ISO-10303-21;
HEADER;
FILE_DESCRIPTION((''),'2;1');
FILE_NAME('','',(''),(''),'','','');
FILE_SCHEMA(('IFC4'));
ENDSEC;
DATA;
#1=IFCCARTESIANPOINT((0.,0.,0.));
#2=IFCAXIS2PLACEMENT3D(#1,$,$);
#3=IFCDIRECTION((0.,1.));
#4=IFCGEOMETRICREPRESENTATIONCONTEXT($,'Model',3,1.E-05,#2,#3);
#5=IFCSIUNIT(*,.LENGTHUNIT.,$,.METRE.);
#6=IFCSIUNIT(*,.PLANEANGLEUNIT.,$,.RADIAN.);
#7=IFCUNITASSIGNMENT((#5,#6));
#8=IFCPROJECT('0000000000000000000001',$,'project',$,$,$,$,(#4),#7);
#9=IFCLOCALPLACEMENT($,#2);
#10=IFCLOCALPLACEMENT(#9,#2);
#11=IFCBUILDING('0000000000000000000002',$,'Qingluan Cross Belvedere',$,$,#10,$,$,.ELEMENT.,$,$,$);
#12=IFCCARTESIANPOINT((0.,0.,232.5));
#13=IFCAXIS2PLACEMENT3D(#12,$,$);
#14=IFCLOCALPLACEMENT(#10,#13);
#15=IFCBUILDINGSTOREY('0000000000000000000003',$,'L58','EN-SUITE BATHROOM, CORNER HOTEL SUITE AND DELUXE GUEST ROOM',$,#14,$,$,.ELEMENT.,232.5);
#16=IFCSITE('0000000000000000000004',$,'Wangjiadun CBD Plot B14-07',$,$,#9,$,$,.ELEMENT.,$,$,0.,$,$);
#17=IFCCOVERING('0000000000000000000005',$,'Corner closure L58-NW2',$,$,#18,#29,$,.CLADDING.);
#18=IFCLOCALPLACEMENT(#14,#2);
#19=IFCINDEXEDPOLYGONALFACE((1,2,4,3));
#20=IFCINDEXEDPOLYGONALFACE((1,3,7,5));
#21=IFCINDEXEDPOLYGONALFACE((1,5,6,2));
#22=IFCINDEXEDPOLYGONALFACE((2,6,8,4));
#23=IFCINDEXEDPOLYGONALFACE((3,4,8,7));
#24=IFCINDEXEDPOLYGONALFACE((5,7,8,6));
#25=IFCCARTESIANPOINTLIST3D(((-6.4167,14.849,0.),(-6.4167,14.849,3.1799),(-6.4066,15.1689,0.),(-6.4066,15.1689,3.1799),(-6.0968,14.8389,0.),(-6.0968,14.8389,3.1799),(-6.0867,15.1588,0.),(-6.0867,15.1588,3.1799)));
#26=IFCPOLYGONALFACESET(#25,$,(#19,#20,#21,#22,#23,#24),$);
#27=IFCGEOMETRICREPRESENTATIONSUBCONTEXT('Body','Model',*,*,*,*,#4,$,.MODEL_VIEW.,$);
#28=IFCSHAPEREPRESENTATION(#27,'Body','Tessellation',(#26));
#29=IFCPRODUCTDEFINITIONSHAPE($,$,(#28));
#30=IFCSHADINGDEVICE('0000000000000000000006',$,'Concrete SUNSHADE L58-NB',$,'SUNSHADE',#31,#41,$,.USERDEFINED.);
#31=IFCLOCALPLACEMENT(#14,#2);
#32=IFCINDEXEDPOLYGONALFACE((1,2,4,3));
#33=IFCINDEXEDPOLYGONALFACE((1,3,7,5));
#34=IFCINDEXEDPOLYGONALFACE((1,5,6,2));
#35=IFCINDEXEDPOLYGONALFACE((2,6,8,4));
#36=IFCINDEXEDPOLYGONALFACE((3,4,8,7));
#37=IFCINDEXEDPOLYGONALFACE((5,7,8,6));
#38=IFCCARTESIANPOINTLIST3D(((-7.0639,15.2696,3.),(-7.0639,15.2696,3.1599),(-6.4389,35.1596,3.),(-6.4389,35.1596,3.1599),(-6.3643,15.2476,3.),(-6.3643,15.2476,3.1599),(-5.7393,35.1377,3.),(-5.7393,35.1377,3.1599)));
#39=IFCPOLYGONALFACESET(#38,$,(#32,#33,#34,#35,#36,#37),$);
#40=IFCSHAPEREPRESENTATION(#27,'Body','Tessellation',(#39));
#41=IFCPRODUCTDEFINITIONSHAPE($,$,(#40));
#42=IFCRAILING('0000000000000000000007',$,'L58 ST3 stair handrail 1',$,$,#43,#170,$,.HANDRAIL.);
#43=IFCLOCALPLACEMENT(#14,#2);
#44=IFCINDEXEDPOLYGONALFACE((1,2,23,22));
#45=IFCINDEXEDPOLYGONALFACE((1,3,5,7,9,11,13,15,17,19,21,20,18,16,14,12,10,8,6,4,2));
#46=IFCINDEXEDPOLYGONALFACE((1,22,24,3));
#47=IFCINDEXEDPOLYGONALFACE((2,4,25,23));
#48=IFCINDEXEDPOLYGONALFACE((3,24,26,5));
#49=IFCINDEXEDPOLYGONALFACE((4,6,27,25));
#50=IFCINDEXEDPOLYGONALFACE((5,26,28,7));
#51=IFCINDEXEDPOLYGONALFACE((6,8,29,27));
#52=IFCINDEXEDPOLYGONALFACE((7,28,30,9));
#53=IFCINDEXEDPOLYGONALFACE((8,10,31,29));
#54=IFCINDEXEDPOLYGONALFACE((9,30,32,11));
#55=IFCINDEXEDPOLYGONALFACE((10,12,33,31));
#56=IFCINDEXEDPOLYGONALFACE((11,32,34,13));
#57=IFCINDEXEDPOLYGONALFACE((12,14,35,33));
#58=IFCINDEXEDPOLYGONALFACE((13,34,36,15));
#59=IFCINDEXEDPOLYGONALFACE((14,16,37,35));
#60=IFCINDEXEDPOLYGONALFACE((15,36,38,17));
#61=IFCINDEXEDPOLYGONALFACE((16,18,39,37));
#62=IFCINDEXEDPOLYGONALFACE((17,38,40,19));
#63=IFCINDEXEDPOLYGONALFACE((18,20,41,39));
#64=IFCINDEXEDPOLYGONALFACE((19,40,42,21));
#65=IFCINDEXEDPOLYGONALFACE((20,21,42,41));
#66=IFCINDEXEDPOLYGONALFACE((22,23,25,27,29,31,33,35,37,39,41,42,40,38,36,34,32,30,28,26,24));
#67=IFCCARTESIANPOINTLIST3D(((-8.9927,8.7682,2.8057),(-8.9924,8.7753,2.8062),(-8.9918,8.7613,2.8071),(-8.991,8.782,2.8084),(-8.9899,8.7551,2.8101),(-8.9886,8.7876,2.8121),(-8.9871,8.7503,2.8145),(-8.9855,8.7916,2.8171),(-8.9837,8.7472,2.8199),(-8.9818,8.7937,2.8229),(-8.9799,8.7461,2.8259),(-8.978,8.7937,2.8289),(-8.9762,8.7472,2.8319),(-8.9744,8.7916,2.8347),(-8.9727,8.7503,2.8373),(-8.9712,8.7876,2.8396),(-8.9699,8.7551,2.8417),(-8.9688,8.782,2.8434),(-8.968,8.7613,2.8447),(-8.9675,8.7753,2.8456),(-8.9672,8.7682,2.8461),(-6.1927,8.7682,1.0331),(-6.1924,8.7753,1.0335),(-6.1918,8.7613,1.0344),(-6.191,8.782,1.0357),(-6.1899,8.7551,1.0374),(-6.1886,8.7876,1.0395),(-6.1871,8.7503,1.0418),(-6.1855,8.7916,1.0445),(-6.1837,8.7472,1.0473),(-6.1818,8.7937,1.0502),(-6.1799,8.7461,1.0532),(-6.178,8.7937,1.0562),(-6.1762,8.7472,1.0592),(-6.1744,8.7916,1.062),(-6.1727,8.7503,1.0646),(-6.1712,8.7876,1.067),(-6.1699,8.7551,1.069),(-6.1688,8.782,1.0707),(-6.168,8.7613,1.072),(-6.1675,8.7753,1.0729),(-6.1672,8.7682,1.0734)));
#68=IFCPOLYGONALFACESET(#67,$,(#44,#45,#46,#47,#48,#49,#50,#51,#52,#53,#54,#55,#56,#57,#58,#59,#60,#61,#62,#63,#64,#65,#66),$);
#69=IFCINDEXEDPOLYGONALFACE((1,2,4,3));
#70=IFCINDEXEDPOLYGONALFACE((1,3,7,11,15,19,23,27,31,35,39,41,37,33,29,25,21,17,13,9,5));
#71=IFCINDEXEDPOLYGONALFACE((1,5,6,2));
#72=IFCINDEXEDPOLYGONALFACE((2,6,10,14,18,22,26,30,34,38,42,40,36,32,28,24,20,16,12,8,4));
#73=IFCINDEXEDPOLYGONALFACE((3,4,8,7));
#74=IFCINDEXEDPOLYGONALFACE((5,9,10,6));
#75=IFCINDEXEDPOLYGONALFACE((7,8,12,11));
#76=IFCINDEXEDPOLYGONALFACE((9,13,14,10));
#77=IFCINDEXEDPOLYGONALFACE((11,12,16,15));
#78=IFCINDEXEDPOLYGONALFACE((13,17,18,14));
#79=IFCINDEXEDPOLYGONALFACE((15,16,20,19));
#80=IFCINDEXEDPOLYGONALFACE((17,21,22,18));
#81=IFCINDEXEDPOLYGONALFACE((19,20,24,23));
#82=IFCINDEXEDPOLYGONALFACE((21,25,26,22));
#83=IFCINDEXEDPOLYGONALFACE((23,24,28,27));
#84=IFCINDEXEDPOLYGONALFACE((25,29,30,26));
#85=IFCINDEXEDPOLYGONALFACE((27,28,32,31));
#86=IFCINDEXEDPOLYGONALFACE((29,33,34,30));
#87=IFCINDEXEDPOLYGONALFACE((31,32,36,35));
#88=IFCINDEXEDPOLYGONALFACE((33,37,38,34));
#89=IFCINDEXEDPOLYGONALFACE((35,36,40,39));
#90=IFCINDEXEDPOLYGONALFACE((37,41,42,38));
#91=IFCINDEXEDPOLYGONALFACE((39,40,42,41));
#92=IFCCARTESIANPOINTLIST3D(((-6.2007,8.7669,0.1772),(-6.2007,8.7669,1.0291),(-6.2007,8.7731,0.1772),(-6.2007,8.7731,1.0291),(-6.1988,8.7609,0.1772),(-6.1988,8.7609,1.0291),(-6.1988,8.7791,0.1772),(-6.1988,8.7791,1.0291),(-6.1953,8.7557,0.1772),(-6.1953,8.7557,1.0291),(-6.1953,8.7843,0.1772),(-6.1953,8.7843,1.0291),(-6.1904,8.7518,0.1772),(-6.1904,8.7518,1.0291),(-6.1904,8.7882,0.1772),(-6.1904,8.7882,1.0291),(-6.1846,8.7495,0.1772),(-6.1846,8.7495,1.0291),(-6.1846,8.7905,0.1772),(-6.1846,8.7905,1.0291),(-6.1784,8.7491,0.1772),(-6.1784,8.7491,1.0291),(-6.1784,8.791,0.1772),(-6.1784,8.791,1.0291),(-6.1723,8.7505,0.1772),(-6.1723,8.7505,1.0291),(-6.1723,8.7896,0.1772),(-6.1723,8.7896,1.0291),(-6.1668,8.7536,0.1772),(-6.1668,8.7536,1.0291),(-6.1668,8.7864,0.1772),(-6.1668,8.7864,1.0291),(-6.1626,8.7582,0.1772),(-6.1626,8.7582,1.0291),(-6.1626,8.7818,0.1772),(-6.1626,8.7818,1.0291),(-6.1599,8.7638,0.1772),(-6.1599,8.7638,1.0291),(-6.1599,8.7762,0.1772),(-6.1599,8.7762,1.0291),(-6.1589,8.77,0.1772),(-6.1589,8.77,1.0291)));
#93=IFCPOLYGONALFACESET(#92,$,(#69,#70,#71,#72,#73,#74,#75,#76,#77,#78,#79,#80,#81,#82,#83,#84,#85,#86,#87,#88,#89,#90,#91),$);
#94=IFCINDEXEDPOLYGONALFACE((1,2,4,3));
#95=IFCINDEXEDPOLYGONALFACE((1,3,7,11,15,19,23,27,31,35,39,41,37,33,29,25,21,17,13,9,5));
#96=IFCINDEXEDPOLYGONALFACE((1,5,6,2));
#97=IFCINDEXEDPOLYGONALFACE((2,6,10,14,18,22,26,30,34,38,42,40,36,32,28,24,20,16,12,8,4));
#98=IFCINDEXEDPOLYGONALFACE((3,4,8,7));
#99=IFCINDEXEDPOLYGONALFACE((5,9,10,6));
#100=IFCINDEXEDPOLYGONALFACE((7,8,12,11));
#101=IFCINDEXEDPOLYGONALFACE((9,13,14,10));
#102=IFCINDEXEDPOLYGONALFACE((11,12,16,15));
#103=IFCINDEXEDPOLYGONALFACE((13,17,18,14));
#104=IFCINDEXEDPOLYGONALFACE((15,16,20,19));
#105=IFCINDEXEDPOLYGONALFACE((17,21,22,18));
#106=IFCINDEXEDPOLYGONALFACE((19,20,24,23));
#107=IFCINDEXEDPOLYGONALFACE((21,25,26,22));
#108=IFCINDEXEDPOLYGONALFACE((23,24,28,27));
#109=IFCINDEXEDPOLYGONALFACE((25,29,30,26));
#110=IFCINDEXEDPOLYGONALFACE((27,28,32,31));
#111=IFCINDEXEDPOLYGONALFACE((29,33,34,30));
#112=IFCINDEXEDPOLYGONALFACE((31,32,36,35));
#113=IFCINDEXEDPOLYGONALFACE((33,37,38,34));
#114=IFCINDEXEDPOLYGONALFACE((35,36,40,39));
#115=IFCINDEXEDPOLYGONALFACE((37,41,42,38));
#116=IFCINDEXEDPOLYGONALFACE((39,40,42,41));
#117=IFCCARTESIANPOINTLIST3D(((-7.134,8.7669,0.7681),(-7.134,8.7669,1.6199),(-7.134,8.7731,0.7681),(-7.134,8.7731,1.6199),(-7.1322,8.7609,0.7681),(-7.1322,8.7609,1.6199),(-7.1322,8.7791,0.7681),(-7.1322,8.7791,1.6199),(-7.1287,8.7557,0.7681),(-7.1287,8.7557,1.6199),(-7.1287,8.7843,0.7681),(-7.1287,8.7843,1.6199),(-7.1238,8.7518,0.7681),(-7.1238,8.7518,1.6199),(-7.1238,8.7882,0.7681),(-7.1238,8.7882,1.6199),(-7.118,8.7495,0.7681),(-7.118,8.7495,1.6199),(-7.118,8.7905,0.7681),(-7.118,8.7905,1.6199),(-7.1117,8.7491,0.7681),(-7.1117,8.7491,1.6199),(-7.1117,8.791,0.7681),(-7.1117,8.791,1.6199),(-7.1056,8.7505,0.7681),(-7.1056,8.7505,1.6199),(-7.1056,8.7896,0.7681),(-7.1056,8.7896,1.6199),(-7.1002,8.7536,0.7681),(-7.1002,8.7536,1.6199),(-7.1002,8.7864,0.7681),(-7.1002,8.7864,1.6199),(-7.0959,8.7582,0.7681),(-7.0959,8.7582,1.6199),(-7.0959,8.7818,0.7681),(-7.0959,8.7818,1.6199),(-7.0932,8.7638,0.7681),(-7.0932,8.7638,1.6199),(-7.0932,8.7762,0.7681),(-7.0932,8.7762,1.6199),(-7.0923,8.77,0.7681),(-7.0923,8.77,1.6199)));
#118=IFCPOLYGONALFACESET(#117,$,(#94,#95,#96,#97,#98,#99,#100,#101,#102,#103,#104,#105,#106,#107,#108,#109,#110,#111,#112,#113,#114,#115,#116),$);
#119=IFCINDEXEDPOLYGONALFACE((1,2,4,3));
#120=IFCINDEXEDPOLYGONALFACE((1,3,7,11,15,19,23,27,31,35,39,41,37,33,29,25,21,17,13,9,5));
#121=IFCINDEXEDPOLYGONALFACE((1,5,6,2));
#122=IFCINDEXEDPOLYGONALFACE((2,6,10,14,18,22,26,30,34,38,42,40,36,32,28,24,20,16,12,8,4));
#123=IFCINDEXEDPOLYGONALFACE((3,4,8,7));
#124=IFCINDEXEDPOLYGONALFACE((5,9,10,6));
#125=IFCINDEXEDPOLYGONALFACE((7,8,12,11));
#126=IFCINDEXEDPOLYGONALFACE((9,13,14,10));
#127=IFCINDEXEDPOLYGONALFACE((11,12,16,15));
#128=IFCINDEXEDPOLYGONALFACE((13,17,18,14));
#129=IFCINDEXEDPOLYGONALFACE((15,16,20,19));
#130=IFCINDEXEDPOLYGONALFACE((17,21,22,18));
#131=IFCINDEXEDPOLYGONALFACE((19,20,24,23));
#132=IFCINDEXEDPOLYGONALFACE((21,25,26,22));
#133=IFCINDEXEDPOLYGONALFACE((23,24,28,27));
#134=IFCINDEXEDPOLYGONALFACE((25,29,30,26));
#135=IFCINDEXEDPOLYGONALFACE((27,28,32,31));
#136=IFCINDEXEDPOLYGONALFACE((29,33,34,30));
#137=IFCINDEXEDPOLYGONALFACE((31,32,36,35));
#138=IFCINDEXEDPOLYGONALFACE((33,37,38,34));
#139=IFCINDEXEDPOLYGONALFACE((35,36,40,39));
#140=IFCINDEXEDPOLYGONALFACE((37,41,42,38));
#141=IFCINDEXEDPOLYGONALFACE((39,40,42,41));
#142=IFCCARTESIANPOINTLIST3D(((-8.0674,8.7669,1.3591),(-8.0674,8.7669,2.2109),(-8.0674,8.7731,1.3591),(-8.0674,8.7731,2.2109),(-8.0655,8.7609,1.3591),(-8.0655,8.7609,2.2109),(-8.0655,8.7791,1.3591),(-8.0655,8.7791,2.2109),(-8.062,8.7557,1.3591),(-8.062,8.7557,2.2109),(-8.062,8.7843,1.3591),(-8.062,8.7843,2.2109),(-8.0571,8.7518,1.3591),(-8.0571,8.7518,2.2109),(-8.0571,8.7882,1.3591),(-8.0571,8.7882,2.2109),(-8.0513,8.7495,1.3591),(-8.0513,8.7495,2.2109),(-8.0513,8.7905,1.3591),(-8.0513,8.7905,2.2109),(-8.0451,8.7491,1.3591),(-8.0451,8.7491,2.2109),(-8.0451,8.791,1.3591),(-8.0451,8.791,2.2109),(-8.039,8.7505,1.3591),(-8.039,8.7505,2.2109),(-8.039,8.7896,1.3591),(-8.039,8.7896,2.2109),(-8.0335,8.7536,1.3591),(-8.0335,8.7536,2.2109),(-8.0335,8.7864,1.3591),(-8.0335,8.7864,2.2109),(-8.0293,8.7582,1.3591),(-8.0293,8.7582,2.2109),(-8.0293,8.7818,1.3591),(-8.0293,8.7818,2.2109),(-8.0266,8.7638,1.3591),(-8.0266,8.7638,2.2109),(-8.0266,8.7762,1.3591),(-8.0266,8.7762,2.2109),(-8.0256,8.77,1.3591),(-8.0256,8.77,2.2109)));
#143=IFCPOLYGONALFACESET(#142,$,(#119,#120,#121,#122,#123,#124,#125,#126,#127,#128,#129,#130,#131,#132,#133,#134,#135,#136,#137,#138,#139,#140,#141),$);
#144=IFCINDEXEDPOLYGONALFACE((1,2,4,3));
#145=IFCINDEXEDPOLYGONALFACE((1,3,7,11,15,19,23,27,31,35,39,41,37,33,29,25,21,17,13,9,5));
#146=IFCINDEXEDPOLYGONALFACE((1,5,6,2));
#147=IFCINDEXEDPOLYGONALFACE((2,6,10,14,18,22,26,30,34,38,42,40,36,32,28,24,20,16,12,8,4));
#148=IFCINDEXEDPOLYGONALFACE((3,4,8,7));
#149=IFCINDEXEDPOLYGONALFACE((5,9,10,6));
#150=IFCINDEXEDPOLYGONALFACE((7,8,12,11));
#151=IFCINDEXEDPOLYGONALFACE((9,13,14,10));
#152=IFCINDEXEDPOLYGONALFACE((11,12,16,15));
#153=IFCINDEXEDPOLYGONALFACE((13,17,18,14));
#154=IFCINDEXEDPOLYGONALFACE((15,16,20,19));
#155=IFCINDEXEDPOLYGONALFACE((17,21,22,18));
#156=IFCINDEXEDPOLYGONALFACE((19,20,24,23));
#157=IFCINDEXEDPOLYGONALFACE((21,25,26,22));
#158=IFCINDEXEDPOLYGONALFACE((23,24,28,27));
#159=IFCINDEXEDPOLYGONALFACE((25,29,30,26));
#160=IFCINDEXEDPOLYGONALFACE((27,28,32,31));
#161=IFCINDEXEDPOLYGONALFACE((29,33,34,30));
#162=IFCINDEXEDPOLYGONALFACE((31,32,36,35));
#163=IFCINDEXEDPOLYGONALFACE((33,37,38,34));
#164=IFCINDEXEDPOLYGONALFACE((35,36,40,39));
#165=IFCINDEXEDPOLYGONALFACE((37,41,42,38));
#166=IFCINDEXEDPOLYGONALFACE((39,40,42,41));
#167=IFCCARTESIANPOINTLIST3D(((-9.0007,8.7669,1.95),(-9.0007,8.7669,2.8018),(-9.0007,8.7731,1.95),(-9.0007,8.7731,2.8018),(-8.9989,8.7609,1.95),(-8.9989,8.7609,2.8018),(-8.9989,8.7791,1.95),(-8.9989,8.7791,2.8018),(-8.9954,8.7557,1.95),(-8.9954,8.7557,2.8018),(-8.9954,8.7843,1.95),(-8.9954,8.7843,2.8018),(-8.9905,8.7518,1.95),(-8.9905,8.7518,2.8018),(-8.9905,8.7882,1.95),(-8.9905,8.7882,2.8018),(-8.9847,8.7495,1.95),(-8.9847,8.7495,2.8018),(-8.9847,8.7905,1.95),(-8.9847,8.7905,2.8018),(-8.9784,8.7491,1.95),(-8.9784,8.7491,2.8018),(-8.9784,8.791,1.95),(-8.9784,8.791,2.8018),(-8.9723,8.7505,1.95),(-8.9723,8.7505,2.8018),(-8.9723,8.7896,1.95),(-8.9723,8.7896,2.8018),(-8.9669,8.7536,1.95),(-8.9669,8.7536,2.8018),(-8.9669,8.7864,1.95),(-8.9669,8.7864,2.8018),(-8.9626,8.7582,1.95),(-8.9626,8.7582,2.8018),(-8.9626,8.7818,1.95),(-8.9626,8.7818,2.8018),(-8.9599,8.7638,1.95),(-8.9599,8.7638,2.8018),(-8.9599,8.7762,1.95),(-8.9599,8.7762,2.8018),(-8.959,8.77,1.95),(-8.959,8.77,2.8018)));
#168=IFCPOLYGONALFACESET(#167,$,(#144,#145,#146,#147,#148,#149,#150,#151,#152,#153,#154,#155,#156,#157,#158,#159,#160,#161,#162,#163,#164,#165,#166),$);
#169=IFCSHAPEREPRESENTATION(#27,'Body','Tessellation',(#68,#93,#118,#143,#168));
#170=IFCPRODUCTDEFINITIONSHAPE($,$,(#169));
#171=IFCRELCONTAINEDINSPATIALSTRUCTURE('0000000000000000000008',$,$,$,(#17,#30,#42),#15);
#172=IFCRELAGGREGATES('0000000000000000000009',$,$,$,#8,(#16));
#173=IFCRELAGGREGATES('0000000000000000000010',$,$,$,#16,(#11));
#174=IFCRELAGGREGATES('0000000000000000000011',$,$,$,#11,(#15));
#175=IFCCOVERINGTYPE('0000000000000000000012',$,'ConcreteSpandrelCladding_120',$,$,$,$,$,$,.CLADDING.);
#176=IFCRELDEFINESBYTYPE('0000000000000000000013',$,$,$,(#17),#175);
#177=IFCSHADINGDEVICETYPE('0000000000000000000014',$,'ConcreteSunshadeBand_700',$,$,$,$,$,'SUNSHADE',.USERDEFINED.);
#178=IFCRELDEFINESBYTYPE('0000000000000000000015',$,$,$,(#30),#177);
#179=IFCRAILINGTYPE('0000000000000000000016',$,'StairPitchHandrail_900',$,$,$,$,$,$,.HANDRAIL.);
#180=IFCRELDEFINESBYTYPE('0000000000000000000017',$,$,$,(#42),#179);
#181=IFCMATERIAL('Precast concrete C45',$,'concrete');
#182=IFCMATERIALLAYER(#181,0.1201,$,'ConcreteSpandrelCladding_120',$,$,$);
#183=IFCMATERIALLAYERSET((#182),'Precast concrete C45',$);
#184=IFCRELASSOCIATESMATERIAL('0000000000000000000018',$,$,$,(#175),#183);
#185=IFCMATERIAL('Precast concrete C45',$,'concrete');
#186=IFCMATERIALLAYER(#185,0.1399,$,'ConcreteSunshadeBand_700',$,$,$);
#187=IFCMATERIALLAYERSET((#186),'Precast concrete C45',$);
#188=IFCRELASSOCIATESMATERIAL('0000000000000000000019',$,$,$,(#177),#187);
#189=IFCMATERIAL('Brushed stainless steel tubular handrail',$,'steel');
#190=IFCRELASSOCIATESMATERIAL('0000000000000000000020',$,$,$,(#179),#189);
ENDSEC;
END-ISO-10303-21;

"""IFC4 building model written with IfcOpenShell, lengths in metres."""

from ifc_helpers import new_model, si_unit, direction, frame, origin, origin_2d, place, context, subcontext, project, spatial, rectangle, circle, extrude, material, layer, layer_set, type_object, element, save


model = new_model("IFC4")

# Units and contexts
model_context = context("Model", 3, precision=1e-05, world=origin(), true_north=direction((0.0, 1.0)))
body_context = subcontext(model_context, "Body", "Model", "MODEL_VIEW")
ifc_project = project(units=[si_unit("LENGTHUNIT", "METRE"), si_unit("PLANEANGLEUNIT", "RADIAN")], contexts=[model_context])

# Site, building, storey
site_placement = place(None, origin())
site = spatial("IfcSite", under=ifc_project, at=site_placement, Name="Wangjiadun CBD Plot B14-07", CompositionType="ELEMENT", RefElevation=0.0)
building_placement = place(site_placement, origin())
building = spatial("IfcBuilding", under=site, at=building_placement, Name="Qingluan Cross Belvedere", CompositionType="ELEMENT")
storey_placement = place(building_placement, frame((0.0, 0.0, 232.5)))
storey = spatial("IfcBuildingStorey", under=building, at=storey_placement, Name="L58", Description="EN-SUITE BATHROOM, CORNER HOTEL SUITE AND DELUXE GUEST ROOM", CompositionType="ELEMENT", Elevation=232.5)

# Covering
ifc_material_1 = material(Name="Precast concrete C45", Category="concrete")
ifc_layer_1 = layer(ifc_material_1, 0.1201, Name="ConcreteSpandrelCladding_120")
ifc_layer_set_1 = layer_set([ifc_layer_1], Name="Precast concrete C45")
covering_type = type_object("IfcCoveringType", Name="ConcreteSpandrelCladding_120", PredefinedType="CLADDING", material=ifc_layer_set_1)
covering_placement = place(storey_placement, frame((-6.2517, 15.0039, 0.0), z_axis=(0.0, 0.0, 1.0), x_axis=(0.999507, -0.031411, 0.0)))
element("IfcCovering", 1, at=covering_placement, inside=storey, type_object=covering_type, Name="Corner closure L58-NW2", PredefinedType="CLADDING", context=body_context, shape_type="SweptSolid", body=[
    extrude(rectangle(XDim=0.3201, YDim=0.3201, at=origin_2d()), origin(), (0.0, 0.0, 1.0), 3.1799),
])

# Shading device
ifc_material_2 = material(Name="Precast concrete C45", Category="concrete")
ifc_layer_2 = layer(ifc_material_2, 0.1399, Name="ConcreteSunshadeBand_700")
ifc_layer_set_2 = layer_set([ifc_layer_2], Name="Precast concrete C45")
shading_device_type = type_object("IfcShadingDeviceType", Name="ConcreteSunshadeBand_700", ElementType="SUNSHADE", PredefinedType="USERDEFINED", material=ifc_layer_set_2)
shading_device_placement = place(storey_placement, frame((-6.4016, 25.2036, 3.0), z_axis=(0.0, 0.0, 1.0), x_axis=(-0.031408, -0.999507, 0.0)))
element("IfcShadingDevice", 2, at=shading_device_placement, inside=storey, type_object=shading_device_type, Name="Concrete SUNSHADE L58-NB", ObjectType="SUNSHADE", PredefinedType="USERDEFINED", context=body_context, shape_type="SweptSolid", body=[
    extrude(rectangle(XDim=19.8999, YDim=0.7, at=origin_2d()), origin(), (0.0, 0.0, 1.0), 0.1599),
])

# Railing
ifc_material_3 = material(Name="Brushed stainless steel tubular handrail", Category="steel")
railing_type = type_object("IfcRailingType", Name="StairPitchHandrail_900", PredefinedType="HANDRAIL", material=ifc_material_3)
railing_placement = place(storey_placement, frame((-6.1799, 8.77, 0.1772)))
element("IfcRailing", 3, at=railing_placement, inside=storey, type_object=railing_type, Name="L58 ST3 stair handrail 1", PredefinedType="HANDRAIL", context=body_context, shape_type="SweptSolid", body=[
    extrude(circle(Radius=0.0239, at=origin_2d()), frame((0.0, 0.0, 0.876), z_axis=(-0.844909, 0.0, 0.53491), x_axis=(0.0, -1.0, 0.0)), (0.0, 0.0, 1.0), 3.314),
    extrude(circle(Radius=0.021, at=origin_2d()), origin(), (0.0, 0.0, 1.0), 0.8518),
    extrude(circle(Radius=0.021, at=origin_2d()), frame((-0.9333, 0.0, 0.5908)), (0.0, 0.0, 1.0), 0.8518),
    extrude(circle(Radius=0.021, at=origin_2d()), frame((-1.8667, 0.0, 1.1819)), (0.0, 0.0, 1.0), 0.8518),
    extrude(circle(Radius=0.021, at=origin_2d()), frame((-2.8, 0.0, 1.7727)), (0.0, 0.0, 1.0), 0.8518),
])

save(model, "model.ifc")
